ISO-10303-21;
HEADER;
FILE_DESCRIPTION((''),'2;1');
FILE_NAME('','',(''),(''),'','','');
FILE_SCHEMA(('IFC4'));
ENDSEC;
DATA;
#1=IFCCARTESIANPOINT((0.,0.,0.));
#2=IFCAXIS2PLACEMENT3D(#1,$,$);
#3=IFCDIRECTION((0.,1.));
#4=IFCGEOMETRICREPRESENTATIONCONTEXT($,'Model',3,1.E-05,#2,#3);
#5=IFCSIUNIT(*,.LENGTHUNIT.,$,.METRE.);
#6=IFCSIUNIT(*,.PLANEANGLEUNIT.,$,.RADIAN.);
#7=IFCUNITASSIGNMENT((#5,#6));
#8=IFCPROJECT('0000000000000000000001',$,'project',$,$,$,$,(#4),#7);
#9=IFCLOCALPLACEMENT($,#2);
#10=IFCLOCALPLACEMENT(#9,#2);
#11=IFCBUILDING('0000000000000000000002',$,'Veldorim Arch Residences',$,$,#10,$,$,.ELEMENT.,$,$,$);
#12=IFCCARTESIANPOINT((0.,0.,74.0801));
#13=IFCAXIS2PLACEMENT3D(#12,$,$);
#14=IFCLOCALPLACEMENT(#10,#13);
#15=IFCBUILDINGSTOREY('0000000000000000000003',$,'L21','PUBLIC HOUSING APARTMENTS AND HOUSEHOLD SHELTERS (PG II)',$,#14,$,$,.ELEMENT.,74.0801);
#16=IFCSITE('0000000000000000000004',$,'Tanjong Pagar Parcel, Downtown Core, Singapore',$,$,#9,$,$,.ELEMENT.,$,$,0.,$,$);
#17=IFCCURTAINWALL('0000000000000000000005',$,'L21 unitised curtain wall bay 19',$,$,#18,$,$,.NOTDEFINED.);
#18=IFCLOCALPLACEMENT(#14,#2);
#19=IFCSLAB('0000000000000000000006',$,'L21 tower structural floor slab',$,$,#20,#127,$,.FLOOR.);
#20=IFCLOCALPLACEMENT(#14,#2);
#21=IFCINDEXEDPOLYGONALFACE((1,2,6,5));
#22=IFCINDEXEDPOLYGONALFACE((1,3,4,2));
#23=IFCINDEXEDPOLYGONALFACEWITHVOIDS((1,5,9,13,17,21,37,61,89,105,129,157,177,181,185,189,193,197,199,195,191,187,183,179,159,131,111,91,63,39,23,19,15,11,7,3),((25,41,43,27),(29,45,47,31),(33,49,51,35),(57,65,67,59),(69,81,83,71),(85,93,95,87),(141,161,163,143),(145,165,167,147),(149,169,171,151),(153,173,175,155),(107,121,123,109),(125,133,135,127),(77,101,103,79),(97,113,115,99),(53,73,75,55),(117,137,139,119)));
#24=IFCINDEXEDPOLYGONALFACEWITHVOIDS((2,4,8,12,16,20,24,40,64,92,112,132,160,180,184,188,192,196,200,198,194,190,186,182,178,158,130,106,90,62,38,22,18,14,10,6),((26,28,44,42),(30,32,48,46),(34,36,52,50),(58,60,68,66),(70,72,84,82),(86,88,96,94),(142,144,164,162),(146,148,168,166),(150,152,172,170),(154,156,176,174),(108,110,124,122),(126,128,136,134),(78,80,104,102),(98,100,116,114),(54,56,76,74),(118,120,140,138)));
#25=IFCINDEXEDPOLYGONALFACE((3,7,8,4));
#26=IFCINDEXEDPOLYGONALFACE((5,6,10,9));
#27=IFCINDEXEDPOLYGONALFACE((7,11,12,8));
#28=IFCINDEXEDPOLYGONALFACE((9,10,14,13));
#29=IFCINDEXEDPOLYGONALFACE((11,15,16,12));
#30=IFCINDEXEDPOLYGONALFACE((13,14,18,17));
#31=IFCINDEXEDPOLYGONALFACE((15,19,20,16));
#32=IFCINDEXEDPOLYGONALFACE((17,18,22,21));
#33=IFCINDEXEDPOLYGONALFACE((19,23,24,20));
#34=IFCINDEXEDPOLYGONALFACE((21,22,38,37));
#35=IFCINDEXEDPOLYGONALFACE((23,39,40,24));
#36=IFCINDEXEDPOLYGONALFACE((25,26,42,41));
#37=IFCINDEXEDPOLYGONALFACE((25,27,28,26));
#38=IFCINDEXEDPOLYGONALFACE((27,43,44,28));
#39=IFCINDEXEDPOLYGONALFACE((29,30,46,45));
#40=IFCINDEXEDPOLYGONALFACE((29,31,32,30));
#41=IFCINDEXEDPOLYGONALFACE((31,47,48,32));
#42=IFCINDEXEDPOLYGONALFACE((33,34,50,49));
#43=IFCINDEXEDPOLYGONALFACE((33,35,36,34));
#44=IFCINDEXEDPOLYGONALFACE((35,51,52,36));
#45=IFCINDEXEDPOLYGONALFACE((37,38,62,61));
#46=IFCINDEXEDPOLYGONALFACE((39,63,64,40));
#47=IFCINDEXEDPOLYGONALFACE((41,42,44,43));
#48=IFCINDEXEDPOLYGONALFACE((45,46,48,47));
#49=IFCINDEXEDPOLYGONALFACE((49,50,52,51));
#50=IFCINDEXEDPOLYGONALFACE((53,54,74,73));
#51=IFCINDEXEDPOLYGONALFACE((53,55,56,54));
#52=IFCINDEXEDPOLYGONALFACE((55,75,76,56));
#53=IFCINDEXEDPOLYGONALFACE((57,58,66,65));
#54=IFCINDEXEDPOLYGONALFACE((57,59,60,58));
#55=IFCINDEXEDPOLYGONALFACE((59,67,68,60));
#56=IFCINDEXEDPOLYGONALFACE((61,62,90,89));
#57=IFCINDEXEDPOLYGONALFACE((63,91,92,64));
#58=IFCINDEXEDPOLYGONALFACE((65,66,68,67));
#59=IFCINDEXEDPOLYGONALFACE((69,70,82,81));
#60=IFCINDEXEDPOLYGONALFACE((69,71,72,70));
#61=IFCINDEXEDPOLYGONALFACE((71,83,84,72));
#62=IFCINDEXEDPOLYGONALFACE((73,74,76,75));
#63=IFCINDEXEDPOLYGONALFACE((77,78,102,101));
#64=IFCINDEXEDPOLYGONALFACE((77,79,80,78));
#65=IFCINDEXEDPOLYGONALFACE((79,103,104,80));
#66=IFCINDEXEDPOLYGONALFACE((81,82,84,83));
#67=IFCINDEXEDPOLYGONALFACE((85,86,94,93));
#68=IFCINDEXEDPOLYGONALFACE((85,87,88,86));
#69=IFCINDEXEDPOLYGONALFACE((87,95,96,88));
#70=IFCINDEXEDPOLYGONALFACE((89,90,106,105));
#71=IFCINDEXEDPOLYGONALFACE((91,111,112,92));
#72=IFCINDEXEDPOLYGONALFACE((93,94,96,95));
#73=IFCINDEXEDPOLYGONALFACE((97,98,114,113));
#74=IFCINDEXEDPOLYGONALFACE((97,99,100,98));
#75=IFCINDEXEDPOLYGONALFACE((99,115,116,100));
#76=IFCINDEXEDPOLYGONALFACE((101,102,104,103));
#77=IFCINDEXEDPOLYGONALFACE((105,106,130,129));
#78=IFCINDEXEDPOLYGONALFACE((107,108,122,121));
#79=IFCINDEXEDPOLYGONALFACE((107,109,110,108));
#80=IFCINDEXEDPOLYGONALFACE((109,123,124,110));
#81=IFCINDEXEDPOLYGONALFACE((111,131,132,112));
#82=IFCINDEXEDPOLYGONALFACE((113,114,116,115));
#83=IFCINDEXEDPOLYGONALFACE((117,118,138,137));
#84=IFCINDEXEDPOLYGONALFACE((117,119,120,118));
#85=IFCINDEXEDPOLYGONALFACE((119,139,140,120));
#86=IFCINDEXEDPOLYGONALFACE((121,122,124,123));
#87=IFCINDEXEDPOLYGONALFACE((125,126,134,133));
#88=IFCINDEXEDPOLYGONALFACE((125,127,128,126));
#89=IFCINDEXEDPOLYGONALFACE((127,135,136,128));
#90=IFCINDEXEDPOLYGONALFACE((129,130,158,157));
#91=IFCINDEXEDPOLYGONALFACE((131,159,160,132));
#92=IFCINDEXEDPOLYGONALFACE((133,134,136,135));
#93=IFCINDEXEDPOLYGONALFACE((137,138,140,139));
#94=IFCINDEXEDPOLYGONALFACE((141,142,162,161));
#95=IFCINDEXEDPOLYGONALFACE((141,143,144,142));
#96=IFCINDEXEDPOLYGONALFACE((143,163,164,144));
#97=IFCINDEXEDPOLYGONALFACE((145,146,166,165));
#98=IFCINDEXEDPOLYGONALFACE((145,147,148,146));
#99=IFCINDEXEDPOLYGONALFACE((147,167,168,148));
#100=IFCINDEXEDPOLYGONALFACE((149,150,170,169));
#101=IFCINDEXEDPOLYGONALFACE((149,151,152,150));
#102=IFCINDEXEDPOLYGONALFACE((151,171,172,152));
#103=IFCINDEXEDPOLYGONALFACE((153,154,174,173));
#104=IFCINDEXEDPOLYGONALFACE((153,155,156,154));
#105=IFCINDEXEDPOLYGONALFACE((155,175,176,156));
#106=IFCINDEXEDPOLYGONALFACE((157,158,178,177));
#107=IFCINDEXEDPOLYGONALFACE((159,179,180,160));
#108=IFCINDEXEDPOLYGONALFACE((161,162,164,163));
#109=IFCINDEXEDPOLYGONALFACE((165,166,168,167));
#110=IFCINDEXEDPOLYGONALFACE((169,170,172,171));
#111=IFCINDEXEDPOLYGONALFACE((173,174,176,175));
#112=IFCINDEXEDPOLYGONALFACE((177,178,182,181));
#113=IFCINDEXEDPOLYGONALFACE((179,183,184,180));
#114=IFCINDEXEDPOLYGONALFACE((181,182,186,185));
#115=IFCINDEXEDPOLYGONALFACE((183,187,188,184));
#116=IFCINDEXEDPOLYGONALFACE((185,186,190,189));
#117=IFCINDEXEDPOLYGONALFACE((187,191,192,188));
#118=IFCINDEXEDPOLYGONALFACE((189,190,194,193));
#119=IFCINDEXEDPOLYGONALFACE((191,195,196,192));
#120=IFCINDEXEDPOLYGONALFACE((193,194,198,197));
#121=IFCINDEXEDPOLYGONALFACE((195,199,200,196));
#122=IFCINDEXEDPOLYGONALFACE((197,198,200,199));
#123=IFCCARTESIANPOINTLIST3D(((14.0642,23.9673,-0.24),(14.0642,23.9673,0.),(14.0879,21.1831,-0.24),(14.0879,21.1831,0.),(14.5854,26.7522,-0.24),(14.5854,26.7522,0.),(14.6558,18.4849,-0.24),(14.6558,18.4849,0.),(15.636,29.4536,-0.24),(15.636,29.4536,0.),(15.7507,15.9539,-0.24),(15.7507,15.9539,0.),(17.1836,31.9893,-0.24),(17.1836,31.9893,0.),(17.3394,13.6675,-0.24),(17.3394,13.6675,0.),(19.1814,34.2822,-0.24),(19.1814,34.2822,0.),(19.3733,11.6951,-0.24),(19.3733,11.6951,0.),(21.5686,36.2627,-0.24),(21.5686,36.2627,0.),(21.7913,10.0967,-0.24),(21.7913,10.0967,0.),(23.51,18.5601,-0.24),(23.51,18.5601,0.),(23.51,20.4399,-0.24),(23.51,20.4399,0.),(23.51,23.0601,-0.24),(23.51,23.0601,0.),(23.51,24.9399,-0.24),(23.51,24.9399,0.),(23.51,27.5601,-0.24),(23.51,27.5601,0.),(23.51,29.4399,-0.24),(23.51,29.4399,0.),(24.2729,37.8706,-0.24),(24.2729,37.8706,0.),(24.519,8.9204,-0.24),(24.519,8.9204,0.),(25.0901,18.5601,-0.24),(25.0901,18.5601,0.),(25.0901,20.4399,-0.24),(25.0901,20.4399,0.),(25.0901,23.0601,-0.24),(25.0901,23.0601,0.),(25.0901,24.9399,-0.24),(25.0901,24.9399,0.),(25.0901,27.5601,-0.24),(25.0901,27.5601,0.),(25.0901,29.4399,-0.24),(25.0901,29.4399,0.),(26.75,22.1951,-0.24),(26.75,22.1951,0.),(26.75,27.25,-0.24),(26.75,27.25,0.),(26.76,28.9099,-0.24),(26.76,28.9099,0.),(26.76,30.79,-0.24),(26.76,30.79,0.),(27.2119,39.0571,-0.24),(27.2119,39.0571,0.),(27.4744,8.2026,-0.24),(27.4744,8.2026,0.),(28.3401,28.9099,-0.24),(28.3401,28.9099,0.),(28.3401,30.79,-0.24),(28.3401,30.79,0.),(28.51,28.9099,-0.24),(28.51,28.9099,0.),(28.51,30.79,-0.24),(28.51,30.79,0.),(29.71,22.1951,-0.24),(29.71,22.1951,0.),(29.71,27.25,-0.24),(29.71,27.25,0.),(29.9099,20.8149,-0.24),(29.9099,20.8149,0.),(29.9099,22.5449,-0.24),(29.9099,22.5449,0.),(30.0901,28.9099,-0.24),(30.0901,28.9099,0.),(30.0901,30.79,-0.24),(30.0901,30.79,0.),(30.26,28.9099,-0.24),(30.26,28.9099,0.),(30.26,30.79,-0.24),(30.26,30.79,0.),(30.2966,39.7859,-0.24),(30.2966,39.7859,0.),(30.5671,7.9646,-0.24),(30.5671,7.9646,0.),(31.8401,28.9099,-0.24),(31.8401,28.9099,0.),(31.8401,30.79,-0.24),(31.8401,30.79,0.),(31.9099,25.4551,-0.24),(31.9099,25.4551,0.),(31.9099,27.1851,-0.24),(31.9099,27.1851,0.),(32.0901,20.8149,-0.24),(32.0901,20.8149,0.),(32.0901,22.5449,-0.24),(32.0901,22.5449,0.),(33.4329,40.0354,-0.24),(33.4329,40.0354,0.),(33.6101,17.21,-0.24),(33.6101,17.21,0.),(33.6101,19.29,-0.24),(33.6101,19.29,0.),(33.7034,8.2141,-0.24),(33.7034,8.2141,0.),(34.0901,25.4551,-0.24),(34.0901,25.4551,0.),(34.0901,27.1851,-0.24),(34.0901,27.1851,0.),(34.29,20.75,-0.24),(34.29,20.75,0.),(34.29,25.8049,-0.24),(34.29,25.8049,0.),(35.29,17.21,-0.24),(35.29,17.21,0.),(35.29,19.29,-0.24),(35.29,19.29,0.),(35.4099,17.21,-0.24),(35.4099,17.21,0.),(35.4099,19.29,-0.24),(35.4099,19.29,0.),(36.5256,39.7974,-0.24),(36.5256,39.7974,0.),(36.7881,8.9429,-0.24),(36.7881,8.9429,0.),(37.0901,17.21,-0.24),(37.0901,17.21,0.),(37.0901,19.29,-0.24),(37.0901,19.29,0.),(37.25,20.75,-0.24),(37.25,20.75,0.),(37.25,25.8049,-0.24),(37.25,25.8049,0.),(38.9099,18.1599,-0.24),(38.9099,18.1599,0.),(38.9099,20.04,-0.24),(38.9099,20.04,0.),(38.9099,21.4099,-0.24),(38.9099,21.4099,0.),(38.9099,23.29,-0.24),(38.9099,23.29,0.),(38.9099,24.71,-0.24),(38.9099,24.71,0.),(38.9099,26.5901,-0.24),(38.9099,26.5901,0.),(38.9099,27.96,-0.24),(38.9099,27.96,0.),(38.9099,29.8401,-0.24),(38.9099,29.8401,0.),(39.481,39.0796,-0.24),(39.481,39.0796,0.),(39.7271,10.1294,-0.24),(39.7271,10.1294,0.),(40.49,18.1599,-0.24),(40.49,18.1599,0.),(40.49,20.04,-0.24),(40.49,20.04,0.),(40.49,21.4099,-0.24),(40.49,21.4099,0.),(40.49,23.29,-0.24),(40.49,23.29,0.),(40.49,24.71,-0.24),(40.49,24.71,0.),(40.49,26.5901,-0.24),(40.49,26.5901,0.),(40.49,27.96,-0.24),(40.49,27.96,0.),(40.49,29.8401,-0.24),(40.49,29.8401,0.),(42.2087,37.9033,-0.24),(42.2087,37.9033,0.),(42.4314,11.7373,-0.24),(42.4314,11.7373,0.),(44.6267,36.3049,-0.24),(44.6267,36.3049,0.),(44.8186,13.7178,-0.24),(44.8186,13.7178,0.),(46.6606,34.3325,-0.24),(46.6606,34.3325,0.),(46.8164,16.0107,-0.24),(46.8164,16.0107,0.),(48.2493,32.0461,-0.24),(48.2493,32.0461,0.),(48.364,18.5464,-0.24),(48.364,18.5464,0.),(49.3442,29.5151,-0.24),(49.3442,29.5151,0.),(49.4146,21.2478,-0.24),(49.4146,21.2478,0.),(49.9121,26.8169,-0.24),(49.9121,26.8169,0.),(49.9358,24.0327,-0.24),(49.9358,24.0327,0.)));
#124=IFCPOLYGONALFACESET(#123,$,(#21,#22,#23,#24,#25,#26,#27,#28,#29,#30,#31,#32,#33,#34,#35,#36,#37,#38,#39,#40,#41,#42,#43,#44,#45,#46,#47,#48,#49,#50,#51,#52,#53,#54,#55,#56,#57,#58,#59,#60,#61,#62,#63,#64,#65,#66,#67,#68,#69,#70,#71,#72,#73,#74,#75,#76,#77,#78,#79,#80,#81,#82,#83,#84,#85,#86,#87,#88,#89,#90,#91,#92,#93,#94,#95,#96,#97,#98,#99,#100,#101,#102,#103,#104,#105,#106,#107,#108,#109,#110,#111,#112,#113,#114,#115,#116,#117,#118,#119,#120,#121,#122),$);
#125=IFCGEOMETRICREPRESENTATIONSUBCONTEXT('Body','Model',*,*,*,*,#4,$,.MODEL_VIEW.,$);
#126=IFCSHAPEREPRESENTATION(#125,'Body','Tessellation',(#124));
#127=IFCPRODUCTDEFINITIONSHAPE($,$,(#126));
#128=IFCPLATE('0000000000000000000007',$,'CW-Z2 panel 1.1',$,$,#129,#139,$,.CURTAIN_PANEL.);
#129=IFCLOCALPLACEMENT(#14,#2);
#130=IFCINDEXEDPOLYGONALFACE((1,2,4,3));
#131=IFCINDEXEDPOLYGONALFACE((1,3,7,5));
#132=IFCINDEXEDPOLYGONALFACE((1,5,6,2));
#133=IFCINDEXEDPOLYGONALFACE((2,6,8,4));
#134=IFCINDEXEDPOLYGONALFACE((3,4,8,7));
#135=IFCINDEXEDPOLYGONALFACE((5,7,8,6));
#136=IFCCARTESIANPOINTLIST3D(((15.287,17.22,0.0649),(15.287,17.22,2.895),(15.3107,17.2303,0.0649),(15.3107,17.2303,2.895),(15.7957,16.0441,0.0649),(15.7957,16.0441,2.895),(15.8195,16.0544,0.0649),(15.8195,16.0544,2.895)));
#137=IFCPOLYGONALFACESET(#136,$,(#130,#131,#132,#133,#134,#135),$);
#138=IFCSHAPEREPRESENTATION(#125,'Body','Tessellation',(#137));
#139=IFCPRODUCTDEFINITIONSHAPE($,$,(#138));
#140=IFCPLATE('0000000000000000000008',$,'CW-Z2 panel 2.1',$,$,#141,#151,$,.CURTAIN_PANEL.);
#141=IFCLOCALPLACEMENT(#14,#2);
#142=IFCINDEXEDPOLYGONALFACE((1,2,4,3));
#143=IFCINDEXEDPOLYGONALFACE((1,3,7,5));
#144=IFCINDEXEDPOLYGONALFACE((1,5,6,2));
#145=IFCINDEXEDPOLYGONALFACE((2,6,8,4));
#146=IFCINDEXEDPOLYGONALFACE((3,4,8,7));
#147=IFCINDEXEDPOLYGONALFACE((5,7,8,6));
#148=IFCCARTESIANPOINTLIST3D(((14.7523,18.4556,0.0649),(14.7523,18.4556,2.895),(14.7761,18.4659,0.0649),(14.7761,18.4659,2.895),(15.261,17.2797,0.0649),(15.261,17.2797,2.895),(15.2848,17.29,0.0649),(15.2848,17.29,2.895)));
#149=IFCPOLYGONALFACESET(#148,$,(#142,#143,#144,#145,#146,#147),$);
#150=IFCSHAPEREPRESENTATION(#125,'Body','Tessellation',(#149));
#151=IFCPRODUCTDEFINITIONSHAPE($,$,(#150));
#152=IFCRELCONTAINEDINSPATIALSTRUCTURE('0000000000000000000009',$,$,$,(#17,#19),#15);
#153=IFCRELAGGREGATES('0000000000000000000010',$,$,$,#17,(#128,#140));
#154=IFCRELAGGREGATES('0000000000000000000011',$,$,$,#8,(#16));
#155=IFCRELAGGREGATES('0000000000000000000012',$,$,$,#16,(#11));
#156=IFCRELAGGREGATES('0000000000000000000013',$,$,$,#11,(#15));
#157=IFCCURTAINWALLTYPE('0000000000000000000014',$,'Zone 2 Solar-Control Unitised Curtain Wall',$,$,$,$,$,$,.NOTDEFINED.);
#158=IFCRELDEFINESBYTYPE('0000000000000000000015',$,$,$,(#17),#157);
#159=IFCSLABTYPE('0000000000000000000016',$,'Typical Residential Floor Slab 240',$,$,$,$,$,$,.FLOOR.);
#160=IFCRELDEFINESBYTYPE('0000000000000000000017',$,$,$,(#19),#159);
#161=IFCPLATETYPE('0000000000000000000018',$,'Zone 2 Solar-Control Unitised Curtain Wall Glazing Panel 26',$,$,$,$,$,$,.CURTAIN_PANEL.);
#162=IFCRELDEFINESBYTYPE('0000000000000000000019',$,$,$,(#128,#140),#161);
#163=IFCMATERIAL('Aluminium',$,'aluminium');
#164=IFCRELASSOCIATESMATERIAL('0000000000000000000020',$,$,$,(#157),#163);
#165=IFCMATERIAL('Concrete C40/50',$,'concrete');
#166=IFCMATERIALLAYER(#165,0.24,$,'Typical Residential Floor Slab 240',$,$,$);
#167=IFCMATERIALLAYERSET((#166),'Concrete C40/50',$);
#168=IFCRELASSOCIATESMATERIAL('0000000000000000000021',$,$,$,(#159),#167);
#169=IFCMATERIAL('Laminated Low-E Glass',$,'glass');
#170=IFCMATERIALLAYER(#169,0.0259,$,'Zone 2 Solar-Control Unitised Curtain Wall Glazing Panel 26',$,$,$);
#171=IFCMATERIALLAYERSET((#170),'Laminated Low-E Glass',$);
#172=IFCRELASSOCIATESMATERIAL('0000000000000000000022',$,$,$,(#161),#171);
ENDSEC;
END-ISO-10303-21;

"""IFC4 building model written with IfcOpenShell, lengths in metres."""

from ifc_helpers import new_model, si_unit, direction, frame, origin, origin_2d, place, context, subcontext, project, spatial, polyline, rectangle, outline, extrude, material, layer, layer_set, type_object, element, aggregate, save


model = new_model("IFC4")

# Units and contexts
model_context = context("Model", 3, precision=1e-05, world=origin(), true_north=direction((0.0, 1.0)))
body_context = subcontext(model_context, "Body", "Model", "MODEL_VIEW")
ifc_project = project(units=[si_unit("LENGTHUNIT", "METRE"), si_unit("PLANEANGLEUNIT", "RADIAN")], contexts=[model_context])

# Site, building, storey
site_placement = place(None, origin())
site = spatial("IfcSite", under=ifc_project, at=site_placement, Name="Tanjong Pagar Parcel, Downtown Core, Singapore", CompositionType="ELEMENT", RefElevation=0.0)
building_placement = place(site_placement, origin())
building = spatial("IfcBuilding", under=site, at=building_placement, Name="Veldorim Arch Residences", CompositionType="ELEMENT")
storey_placement = place(building_placement, frame((0.0, 0.0, 74.0801)))
storey = spatial("IfcBuildingStorey", under=building, at=storey_placement, Name="L21", Description="PUBLIC HOUSING APARTMENTS AND HOUSEHOLD SHELTERS (PG II)", CompositionType="ELEMENT", Elevation=74.0801)

# Curtain wall
ifc_material_1 = material(Name="Aluminium", Category="aluminium")
curtain_wall_type = type_object("IfcCurtainWallType", Name="Zone 2 Solar-Control Unitised Curtain Wall", PredefinedType="NOTDEFINED", material=ifc_material_1)
curtain_wall_placement = place(storey_placement, origin())
curtain_wall = element("IfcCurtainWall", 1, at=curtain_wall_placement, inside=storey, type_object=curtain_wall_type, Name="L21 unitised curtain wall bay 19", PredefinedType="NOTDEFINED")

# Slab
ifc_material_2 = material(Name="Concrete C40/50", Category="concrete")
ifc_layer_1 = layer(ifc_material_2, 0.24, Name="Typical Residential Floor Slab 240")
ifc_layer_set_1 = layer_set([ifc_layer_1], Name="Concrete C40/50")
slab_type_1 = type_object("IfcSlabType", Name="Typical Residential Floor Slab 240", PredefinedType="FLOOR", material=ifc_layer_set_1)
slab_1_placement = place(storey_placement, frame((0.0, 0.0, -0.24)))
element("IfcSlab", 2, at=slab_1_placement, inside=storey, type_object=slab_type_1, Name="L21 tower structural floor slab", PredefinedType="FLOOR", context=body_context, shape_type="SweptSolid", body=[
    extrude(outline(polyline([(49.3442, 29.5151), (48.2493, 32.0461), (46.6606, 34.3325), (44.6267, 36.3049), (42.2087, 37.9033), (39.481, 39.0796), (36.5256, 39.7974), (33.4329, 40.0354), (30.2966, 39.7859), (27.2119, 39.0571), (24.2729, 37.8706), (21.5686, 36.2627), (19.1814, 34.2822), (17.1836, 31.9893), (15.636, 29.4536), (14.5854, 26.7522), (14.0642, 23.9673), (14.0879, 21.1831), (14.6558, 18.4849), (15.7507, 15.9539), (17.3394, 13.6675), (19.3733, 11.6951), (21.7913, 10.0967), (24.519, 8.9204), (27.4744, 8.2026), (30.5671, 7.9646), (33.7034, 8.2141), (36.7881, 8.9429), (39.7271, 10.1294), (42.4314, 11.7373), (44.8186, 13.7178), (46.8164, 16.0107), (48.364, 18.5464), (49.4146, 21.2478), (49.9358, 24.0327), (49.9121, 26.8169), (49.3442, 29.5151)]), holes=[polyline([(23.51, 20.4399), (25.0901, 20.4399), (25.0901, 18.5601), (23.51, 18.5601), (23.51, 20.4399)]), polyline([(29.9099, 22.5449), (32.0901, 22.5449), (32.0901, 20.8149), (29.9099, 20.8149), (29.9099, 22.5449)]), polyline([(23.51, 24.9399), (25.0901, 24.9399), (25.0901, 23.0601), (23.51, 23.0601), (23.51, 24.9399)]), polyline([(26.75, 27.25), (29.71, 27.25), (29.71, 22.1951), (26.75, 22.1951), (26.75, 27.25)]), polyline([(23.51, 29.4399), (25.0901, 29.4399), (25.0901, 27.5601), (23.51, 27.5601), (23.51, 29.4399)]), polyline([(26.76, 30.79), (28.3401, 30.79), (28.3401, 28.9099), (26.76, 28.9099), (26.76, 30.79)]), polyline([(28.51, 30.79), (30.0901, 30.79), (30.0901, 28.9099), (28.51, 28.9099), (28.51, 30.79)]), polyline([(30.26, 30.79), (31.8401, 30.79), (31.8401, 28.9099), (30.26, 28.9099), (30.26, 30.79)]), polyline([(33.6101, 19.29), (35.29, 19.29), (35.29, 17.21), (33.6101, 17.21), (33.6101, 19.29)]), polyline([(35.4099, 19.29), (37.0901, 19.29), (37.0901, 17.21), (35.4099, 17.21), (35.4099, 19.29)]), polyline([(38.9099, 20.04), (40.49, 20.04), (40.49, 18.1599), (38.9099, 18.1599), (38.9099, 20.04)]), polyline([(38.9099, 23.29), (40.49, 23.29), (40.49, 21.4099), (38.9099, 21.4099), (38.9099, 23.29)]), polyline([(34.29, 25.8049), (37.25, 25.8049), (37.25, 20.75), (34.29, 20.75), (34.29, 25.8049)]), polyline([(38.9099, 26.5901), (40.49, 26.5901), (40.49, 24.71), (38.9099, 24.71), (38.9099, 26.5901)]), polyline([(31.9099, 27.1851), (34.0901, 27.1851), (34.0901, 25.4551), (31.9099, 25.4551), (31.9099, 27.1851)]), polyline([(38.9099, 29.8401), (40.49, 29.8401), (40.49, 27.96), (38.9099, 27.96), (38.9099, 29.8401)])]), origin(), (0.0, 0.0, 1.0), 0.24),
])

# Plates
ifc_material_3 = material(Name="Laminated Low-E Glass", Category="glass")
ifc_layer_2 = layer(ifc_material_3, 0.0259, Name="Zone 2 Solar-Control Unitised Curtain Wall Glazing Panel 26")
ifc_layer_set_2 = layer_set([ifc_layer_2], Name="Laminated Low-E Glass")
plate_type = type_object("IfcPlateType", Name="Zone 2 Solar-Control Unitised Curtain Wall Glazing Panel 26", PredefinedType="CURTAIN_PANEL", material=ifc_layer_set_2)
plate_1_placement = place(storey_placement, frame((15.5532, 16.6372, 0.0649), z_axis=(0.0, 0.0, 1.0), x_axis=(-0.397051, 0.917797, 0.0)))
plate_1 = element("IfcPlate", 3, at=plate_1_placement, type_object=plate_type, Name="CW-Z2 panel 1.1", PredefinedType="CURTAIN_PANEL", context=body_context, shape_type="SweptSolid", body=[
    extrude(rectangle(XDim=1.2812, YDim=0.0259, at=origin_2d()), origin(), (0.0, 0.0, 1.0), 2.8301),
])
plate_2_placement = place(storey_placement, frame((15.0186, 17.8728, 0.0649), z_axis=(0.0, 0.0, 1.0), x_axis=(-0.397051, 0.917797, 0.0)))
plate_2 = element("IfcPlate", 4, at=plate_2_placement, type_object=plate_type, Name="CW-Z2 panel 2.1", PredefinedType="CURTAIN_PANEL", context=body_context, shape_type="SweptSolid", body=[
    extrude(rectangle(XDim=1.2812, YDim=0.0259, at=origin_2d()), origin(), (0.0, 0.0, 1.0), 2.8301),
])
aggregate(curtain_wall, [plate_1, plate_2])

save(model, "model.ifc")
